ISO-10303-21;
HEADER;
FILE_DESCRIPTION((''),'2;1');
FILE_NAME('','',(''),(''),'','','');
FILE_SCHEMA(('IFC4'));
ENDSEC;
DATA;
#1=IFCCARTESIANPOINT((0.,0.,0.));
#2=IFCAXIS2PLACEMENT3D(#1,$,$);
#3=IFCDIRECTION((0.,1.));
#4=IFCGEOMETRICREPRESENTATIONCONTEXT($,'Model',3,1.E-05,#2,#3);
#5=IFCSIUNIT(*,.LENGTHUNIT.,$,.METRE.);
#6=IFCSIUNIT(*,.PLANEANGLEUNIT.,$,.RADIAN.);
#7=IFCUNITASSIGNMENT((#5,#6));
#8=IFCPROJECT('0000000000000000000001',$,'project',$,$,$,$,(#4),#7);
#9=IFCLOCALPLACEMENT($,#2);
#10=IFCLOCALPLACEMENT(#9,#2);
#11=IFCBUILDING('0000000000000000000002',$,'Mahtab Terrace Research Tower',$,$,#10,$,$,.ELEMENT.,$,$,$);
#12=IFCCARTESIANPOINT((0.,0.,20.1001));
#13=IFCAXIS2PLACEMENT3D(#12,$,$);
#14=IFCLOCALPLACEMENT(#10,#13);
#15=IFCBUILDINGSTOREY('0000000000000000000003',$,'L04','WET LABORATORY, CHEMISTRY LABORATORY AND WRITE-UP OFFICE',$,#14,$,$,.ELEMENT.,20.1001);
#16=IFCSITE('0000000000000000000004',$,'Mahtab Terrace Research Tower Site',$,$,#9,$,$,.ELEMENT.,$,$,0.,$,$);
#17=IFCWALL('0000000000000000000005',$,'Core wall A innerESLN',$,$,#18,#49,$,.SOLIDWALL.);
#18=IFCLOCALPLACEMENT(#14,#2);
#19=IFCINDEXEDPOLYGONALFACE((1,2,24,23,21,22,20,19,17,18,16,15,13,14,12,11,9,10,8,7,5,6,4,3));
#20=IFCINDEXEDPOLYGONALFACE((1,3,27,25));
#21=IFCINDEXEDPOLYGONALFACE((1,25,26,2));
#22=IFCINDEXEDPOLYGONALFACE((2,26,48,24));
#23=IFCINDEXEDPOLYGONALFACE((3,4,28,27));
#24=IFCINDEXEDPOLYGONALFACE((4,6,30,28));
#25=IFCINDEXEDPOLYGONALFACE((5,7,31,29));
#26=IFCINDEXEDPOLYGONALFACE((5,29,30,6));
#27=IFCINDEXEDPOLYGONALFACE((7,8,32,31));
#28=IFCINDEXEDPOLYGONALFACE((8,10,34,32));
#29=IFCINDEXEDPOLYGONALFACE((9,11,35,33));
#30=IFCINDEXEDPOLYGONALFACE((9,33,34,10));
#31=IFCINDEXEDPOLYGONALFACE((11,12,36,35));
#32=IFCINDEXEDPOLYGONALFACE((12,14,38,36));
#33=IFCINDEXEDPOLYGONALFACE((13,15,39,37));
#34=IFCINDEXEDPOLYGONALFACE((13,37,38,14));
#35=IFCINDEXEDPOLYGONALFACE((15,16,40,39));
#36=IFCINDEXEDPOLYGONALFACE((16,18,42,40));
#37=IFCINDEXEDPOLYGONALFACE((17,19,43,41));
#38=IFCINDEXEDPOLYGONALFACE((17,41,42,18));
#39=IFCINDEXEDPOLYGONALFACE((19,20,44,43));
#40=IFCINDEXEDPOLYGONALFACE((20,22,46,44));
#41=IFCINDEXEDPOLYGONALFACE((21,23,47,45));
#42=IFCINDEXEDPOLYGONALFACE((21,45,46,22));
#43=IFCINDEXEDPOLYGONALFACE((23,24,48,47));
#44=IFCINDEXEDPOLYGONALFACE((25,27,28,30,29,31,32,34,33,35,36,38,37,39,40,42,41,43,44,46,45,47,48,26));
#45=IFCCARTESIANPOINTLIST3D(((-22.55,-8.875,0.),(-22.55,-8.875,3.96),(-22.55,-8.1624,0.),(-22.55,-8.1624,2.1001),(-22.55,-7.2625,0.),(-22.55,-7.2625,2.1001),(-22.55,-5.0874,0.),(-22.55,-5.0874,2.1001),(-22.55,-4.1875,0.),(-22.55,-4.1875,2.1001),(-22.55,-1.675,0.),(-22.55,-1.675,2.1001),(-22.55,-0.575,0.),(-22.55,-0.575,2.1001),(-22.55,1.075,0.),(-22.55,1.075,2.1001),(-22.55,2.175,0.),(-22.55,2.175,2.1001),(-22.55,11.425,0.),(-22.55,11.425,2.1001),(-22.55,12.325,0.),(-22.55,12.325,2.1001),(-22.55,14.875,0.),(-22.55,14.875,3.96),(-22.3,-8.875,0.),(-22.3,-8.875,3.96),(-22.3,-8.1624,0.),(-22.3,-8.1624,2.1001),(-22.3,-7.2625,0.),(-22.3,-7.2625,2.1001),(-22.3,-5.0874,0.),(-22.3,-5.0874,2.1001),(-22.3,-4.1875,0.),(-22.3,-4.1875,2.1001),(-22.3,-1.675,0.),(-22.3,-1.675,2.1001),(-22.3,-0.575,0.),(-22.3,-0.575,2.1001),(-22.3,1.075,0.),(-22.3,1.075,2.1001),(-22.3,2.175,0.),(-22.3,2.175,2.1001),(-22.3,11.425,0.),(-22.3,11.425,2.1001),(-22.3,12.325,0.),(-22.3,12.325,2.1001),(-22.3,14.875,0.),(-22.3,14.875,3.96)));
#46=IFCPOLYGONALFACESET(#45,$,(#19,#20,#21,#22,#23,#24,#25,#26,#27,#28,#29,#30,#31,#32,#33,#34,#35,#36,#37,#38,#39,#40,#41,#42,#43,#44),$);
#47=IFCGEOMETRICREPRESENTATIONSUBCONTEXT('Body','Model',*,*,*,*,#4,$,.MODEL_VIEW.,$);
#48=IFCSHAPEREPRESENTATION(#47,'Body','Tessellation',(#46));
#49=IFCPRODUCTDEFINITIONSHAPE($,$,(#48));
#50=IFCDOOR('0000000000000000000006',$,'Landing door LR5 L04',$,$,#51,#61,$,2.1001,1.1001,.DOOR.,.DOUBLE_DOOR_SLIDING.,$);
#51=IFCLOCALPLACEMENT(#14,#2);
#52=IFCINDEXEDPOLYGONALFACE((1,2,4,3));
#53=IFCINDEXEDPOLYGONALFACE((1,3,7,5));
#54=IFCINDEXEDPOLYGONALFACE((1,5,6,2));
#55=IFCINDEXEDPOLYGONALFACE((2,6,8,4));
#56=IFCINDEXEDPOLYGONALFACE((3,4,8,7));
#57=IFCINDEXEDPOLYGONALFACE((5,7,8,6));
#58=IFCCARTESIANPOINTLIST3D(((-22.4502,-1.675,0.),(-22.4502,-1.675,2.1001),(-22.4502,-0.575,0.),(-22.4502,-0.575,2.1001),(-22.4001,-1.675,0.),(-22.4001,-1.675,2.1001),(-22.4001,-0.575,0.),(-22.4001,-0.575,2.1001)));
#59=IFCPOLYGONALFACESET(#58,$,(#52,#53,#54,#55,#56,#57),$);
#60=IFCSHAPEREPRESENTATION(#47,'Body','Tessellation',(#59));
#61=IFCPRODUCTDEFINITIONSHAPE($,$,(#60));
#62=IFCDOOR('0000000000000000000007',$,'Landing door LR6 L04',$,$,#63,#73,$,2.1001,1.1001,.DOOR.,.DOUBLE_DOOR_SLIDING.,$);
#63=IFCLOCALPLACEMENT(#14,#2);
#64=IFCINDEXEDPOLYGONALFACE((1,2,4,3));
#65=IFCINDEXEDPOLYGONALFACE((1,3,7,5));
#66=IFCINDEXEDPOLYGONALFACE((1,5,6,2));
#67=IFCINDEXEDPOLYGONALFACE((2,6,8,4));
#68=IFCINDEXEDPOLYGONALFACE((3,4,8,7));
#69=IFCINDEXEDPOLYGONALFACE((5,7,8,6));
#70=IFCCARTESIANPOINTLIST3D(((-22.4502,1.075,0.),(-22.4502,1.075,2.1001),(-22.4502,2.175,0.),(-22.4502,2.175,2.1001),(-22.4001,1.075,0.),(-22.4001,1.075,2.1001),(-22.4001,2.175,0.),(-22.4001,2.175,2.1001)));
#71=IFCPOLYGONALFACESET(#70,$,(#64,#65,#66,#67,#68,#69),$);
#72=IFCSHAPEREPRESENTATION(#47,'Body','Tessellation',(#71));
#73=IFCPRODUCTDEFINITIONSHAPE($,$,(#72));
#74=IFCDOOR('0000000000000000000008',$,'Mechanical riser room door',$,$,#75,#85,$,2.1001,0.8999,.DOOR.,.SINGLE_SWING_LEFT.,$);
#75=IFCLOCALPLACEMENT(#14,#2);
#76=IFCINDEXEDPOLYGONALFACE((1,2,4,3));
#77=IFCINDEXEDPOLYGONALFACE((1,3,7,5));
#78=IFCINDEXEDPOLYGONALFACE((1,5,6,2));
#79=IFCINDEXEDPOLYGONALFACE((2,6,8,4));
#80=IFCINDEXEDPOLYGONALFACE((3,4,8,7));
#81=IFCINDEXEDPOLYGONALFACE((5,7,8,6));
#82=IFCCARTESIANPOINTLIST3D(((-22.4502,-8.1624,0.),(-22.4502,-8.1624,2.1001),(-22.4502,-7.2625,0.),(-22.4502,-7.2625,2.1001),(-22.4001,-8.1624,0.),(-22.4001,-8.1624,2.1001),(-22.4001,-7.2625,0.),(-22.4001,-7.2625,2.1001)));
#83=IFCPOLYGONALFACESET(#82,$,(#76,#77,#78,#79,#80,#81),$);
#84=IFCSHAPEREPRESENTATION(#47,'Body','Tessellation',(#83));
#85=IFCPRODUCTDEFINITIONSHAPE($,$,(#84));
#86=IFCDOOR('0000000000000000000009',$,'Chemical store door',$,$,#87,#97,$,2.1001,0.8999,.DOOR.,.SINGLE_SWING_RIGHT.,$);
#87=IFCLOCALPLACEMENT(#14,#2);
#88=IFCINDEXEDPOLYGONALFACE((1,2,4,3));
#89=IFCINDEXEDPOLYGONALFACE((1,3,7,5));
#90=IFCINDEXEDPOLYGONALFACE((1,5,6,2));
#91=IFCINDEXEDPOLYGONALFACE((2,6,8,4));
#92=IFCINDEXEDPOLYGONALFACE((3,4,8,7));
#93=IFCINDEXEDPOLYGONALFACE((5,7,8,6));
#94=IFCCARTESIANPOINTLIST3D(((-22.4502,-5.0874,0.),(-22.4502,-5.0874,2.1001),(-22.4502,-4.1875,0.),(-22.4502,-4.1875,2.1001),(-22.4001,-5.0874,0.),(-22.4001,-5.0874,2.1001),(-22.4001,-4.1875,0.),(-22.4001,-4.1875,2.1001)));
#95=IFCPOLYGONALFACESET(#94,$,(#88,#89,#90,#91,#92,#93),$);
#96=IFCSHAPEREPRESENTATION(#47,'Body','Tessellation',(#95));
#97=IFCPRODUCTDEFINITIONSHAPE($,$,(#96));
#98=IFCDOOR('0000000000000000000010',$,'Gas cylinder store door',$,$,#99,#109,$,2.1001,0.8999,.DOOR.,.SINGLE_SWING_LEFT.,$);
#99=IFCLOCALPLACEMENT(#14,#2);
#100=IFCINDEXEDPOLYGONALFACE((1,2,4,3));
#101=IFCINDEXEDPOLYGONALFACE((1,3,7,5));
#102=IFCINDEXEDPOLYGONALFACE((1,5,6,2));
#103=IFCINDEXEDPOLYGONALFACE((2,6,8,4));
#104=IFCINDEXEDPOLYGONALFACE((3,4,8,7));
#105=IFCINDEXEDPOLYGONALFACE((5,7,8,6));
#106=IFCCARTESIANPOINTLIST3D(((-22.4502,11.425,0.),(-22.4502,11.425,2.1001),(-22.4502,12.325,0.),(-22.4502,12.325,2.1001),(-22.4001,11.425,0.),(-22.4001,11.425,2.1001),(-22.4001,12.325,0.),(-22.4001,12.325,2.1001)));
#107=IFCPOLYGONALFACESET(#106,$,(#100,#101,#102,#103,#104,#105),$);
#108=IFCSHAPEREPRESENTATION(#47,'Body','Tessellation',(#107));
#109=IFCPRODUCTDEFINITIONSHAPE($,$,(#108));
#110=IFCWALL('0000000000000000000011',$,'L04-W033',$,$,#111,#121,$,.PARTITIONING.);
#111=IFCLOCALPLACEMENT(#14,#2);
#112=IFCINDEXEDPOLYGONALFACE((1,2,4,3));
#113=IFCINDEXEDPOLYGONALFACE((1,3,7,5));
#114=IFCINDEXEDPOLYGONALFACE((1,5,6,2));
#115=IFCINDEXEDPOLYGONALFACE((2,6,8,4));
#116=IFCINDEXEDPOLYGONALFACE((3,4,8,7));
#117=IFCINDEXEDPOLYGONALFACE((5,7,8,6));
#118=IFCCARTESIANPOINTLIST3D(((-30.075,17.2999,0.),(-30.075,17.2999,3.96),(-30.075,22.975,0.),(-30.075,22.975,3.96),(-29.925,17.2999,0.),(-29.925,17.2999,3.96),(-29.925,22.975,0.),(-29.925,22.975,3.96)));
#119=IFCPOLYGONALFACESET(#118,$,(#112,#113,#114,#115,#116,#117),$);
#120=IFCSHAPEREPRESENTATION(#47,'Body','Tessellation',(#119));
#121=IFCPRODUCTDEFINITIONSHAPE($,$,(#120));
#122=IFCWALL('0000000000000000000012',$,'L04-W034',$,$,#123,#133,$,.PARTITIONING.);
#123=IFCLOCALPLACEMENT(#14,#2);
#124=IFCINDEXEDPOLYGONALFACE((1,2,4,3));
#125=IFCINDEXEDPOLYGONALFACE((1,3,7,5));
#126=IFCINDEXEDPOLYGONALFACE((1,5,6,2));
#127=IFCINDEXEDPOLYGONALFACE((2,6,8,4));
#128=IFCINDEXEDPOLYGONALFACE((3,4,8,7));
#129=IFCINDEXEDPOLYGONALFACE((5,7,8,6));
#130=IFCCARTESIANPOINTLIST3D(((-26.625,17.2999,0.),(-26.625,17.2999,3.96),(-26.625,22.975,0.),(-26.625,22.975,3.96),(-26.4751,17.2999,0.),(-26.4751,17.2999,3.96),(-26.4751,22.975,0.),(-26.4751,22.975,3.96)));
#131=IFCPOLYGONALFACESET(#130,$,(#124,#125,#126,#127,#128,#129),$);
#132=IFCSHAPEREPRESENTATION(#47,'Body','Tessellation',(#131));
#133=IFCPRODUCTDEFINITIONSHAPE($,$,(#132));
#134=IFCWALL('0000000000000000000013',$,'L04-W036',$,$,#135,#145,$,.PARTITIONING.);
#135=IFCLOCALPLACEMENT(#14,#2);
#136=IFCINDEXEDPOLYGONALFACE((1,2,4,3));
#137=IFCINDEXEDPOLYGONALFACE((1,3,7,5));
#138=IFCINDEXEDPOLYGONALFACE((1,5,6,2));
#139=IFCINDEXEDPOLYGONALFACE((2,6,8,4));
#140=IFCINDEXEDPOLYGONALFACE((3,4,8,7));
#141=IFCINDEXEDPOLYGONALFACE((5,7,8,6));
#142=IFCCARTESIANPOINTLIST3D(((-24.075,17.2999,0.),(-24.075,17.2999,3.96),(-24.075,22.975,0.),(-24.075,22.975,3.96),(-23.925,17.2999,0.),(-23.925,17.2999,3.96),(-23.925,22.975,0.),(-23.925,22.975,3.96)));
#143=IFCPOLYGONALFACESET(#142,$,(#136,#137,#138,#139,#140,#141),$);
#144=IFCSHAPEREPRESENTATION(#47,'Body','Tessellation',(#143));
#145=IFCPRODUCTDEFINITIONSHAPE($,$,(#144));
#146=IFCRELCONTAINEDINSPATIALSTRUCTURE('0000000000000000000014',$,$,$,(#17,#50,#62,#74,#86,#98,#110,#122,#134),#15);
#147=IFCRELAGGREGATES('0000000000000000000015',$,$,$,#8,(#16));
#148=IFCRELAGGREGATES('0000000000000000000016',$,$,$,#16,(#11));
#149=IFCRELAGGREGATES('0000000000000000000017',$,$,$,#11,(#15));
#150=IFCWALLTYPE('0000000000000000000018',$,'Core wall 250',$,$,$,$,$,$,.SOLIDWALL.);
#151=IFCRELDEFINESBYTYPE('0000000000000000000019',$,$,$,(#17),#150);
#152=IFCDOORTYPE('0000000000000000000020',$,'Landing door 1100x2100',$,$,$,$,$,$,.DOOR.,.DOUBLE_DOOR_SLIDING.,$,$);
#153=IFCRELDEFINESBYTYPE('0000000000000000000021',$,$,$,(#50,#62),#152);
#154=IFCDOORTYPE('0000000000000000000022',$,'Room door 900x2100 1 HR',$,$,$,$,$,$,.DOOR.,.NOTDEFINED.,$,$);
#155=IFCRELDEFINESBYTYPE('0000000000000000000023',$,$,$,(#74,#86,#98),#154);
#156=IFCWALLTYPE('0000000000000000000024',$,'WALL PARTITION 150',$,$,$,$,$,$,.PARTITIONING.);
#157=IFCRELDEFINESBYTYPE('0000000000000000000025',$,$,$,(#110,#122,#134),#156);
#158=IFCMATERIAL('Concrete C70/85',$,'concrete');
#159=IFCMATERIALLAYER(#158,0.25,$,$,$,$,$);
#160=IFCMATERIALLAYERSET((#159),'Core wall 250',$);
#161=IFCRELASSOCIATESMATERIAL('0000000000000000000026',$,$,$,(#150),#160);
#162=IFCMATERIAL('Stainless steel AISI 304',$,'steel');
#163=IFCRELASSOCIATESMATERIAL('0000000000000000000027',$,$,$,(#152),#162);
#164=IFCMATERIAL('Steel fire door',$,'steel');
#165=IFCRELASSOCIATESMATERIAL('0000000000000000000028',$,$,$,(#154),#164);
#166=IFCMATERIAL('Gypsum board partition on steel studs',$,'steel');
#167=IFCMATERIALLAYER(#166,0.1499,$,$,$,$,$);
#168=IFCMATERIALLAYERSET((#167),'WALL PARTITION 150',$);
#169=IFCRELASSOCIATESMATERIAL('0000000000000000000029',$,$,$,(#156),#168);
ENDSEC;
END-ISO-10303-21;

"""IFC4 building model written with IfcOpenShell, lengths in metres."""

from ifc_helpers import new_model, si_unit, direction, frame, frame_2d, origin, place, context, subcontext, project, spatial, rectangle, extrude, material, layer, layer_set, type_object, element, fill, save


model = new_model("IFC4")

# Units and contexts
model_context = context("Model", 3, precision=1e-05, world=origin(), true_north=direction((0.0, 1.0)))
body_context = subcontext(model_context, "Body", "Model", "MODEL_VIEW")
ifc_project = project(units=[si_unit("LENGTHUNIT", "METRE"), si_unit("PLANEANGLEUNIT", "RADIAN")], contexts=[model_context])

# Site, building, storey
site_placement = place(None, origin())
site = spatial("IfcSite", under=ifc_project, at=site_placement, Name="Mahtab Terrace Research Tower Site", CompositionType="ELEMENT", RefElevation=0.0)
building_placement = place(site_placement, origin())
building = spatial("IfcBuilding", under=site, at=building_placement, Name="Mahtab Terrace Research Tower", CompositionType="ELEMENT")
storey_placement = place(building_placement, frame((0.0, 0.0, 20.1001)))
storey = spatial("IfcBuildingStorey", under=building, at=storey_placement, Name="L04", Description="WET LABORATORY, CHEMISTRY LABORATORY AND WRITE-UP OFFICE", CompositionType="ELEMENT", Elevation=20.1001)

# Shared definitions
ifc_material_1 = material(Name="Concrete C70/85", Category="concrete")
ifc_layer_1 = layer(ifc_material_1, 0.25)
ifc_layer_set_1 = layer_set([ifc_layer_1], Name="Core wall 250")
wall_type_1 = type_object("IfcWallType", Name="Core wall 250", PredefinedType="SOLIDWALL", material=ifc_layer_set_1)

# Shared definitions
ifc_material_2 = material(Name="Steel fire door", Category="steel")

# Wall, openings, doors
wall_1_placement = place(storey_placement, frame((-22.425, 14.875, 0.0), z_axis=(0.0, 0.0, 1.0), x_axis=(0.0, -1.0, 0.0)))
wall_1 = element("IfcWall", 1, at=wall_1_placement, inside=storey, type_object=wall_type_1, Name="Core wall A innerESLN", PredefinedType="SOLIDWALL", context=body_context, shape_type="SweptSolid", body=[
    extrude(rectangle(XDim=23.75, YDim=0.25, at=frame_2d((11.875, 0.0))), origin(), (0.0, 0.0, 1.0), 3.96),
])
opening_1_placement = place(wall_1_placement, frame((15.45, 0.0, 0.0)))
opening_1 = element("IfcOpeningElement", 2, at=opening_1_placement, cuts=wall_1, PredefinedType="OPENING", context=body_context, shape_type="SweptSolid", body=[
    extrude(rectangle(XDim=1.1001, YDim=2.1001, at=frame_2d((0.55, 1.05))), frame((0.0, 0.135, 0.0), z_axis=(0.0, -1.0, 0.0), x_axis=(1.0, 0.0, 0.0)), (0.0, 0.0, 1.0), 0.27),
])
opening_2_placement = place(wall_1_placement, frame((12.7, 0.0, 0.0)))
opening_2 = element("IfcOpeningElement", 3, at=opening_2_placement, cuts=wall_1, PredefinedType="OPENING", context=body_context, shape_type="SweptSolid", body=[
    extrude(rectangle(XDim=1.1001, YDim=2.1001, at=frame_2d((0.55, 1.05))), frame((0.0, 0.135, 0.0), z_axis=(0.0, -1.0, 0.0), x_axis=(1.0, 0.0, 0.0)), (0.0, 0.0, 1.0), 0.27),
])
opening_3_placement = place(wall_1_placement, frame((22.1375, 0.0, 0.0)))
opening_3 = element("IfcOpeningElement", 4, at=opening_3_placement, cuts=wall_1, PredefinedType="OPENING", context=body_context, shape_type="SweptSolid", body=[
    extrude(rectangle(XDim=0.8999, YDim=2.1001, at=frame_2d((0.45, 1.05))), frame((0.0, 0.135, 0.0), z_axis=(0.0, -1.0, 0.0), x_axis=(1.0, 0.0, 0.0)), (0.0, 0.0, 1.0), 0.27),
])
opening_4_placement = place(wall_1_placement, frame((19.0625, 0.0, 0.0)))
opening_4 = element("IfcOpeningElement", 5, at=opening_4_placement, cuts=wall_1, PredefinedType="OPENING", context=body_context, shape_type="SweptSolid", body=[
    extrude(rectangle(XDim=0.8999, YDim=2.1001, at=frame_2d((0.45, 1.05))), frame((0.0, 0.135, 0.0), z_axis=(0.0, -1.0, 0.0), x_axis=(1.0, 0.0, 0.0)), (0.0, 0.0, 1.0), 0.27),
])
opening_5_placement = place(wall_1_placement, frame((2.55, 0.0, 0.0)))
opening_5 = element("IfcOpeningElement", 6, at=opening_5_placement, cuts=wall_1, PredefinedType="OPENING", context=body_context, shape_type="SweptSolid", body=[
    extrude(rectangle(XDim=0.8999, YDim=2.1001, at=frame_2d((0.45, 1.05))), frame((0.0, 0.135, 0.0), z_axis=(0.0, -1.0, 0.0), x_axis=(1.0, 0.0, 0.0)), (0.0, 0.0, 1.0), 0.27),
])
ifc_material_3 = material(Name="Stainless steel AISI 304", Category="steel")
door_type_1 = type_object("IfcDoorType", Name="Landing door 1100x2100", OperationType="DOUBLE_DOOR_SLIDING", PredefinedType="DOOR", material=ifc_material_3)
door_1_placement = place(opening_1_placement, origin())
door_1 = element("IfcDoor", 7, at=door_1_placement, inside=storey, type_object=door_type_1, Name="Landing door LR5 L04", OperationType="DOUBLE_DOOR_SLIDING", OverallHeight=2.1001, OverallWidth=1.1001, PredefinedType="DOOR", context=body_context, shape_type="SweptSolid", body=[
    extrude(rectangle(XDim=1.1001, YDim=2.1001, at=frame_2d((0.55, 1.05))), frame((0.0, 0.0249, 0.0), z_axis=(0.0, -1.0, 0.0), x_axis=(1.0, 0.0, 0.0)), (0.0, 0.0, 1.0), 0.05),
])
fill(opening_1, door_1)
door_2_placement = place(opening_2_placement, origin())
door_2 = element("IfcDoor", 8, at=door_2_placement, inside=storey, type_object=door_type_1, Name="Landing door LR6 L04", OperationType="DOUBLE_DOOR_SLIDING", OverallHeight=2.1001, OverallWidth=1.1001, PredefinedType="DOOR", context=body_context, shape_type="SweptSolid", body=[
    extrude(rectangle(XDim=1.1001, YDim=2.1001, at=frame_2d((0.55, 1.05))), frame((0.0, 0.0249, 0.0), z_axis=(0.0, -1.0, 0.0), x_axis=(1.0, 0.0, 0.0)), (0.0, 0.0, 1.0), 0.05),
])
fill(opening_2, door_2)
door_type_2 = type_object("IfcDoorType", Name="Room door 900x2100 1 HR", OperationType="NOTDEFINED", PredefinedType="DOOR", material=ifc_material_2)
door_3_placement = place(opening_3_placement, origin())
door_3 = element("IfcDoor", 9, at=door_3_placement, inside=storey, type_object=door_type_2, Name="Mechanical riser room door", OperationType="SINGLE_SWING_LEFT", OverallHeight=2.1001, OverallWidth=0.8999, PredefinedType="DOOR", context=body_context, shape_type="SweptSolid", body=[
    extrude(rectangle(XDim=0.8999, YDim=2.1001, at=frame_2d((0.45, 1.05))), frame((0.0, 0.0249, 0.0), z_axis=(0.0, -1.0, 0.0), x_axis=(1.0, 0.0, 0.0)), (0.0, 0.0, 1.0), 0.05),
])
fill(opening_3, door_3)
door_4_placement = place(opening_4_placement, origin())
door_4 = element("IfcDoor", 10, at=door_4_placement, inside=storey, type_object=door_type_2, Name="Chemical store door", OperationType="SINGLE_SWING_RIGHT", OverallHeight=2.1001, OverallWidth=0.8999, PredefinedType="DOOR", context=body_context, shape_type="SweptSolid", body=[
    extrude(rectangle(XDim=0.8999, YDim=2.1001, at=frame_2d((0.45, 1.05))), frame((0.0, 0.0249, 0.0), z_axis=(0.0, -1.0, 0.0), x_axis=(1.0, 0.0, 0.0)), (0.0, 0.0, 1.0), 0.05),
])
fill(opening_4, door_4)
door_5_placement = place(opening_5_placement, origin())
door_5 = element("IfcDoor", 11, at=door_5_placement, inside=storey, type_object=door_type_2, Name="Gas cylinder store door", OperationType="SINGLE_SWING_LEFT", OverallHeight=2.1001, OverallWidth=0.8999, PredefinedType="DOOR", context=body_context, shape_type="SweptSolid", body=[
    extrude(rectangle(XDim=0.8999, YDim=2.1001, at=frame_2d((0.45, 1.05))), frame((0.0, 0.0249, 0.0), z_axis=(0.0, -1.0, 0.0), x_axis=(1.0, 0.0, 0.0)), (0.0, 0.0, 1.0), 0.05),
])
fill(opening_5, door_5)

# Walls
ifc_material_4 = material(Name="Gypsum board partition on steel studs", Category="steel")
ifc_layer_2 = layer(ifc_material_4, 0.1499)
ifc_layer_set_2 = layer_set([ifc_layer_2], Name="WALL PARTITION 150")
wall_type_2 = type_object("IfcWallType", Name="WALL PARTITION 150", PredefinedType="PARTITIONING", material=ifc_layer_set_2)
for number, where, z_axis, x_axis, name in (
    (12, (-30.0, 17.3, 0.0), (0.0, 0.0, 1.0), (0.0, 1.0, 0.0), "L04-W033"),
    (13, (-26.55, 17.3, 0.0), (0.0, 0.0, 1.0), (0.0, 1.0, 0.0), "L04-W034"),
    (14, (-24.0, 17.3, 0.0), (0.0, 0.0, 1.0), (0.0, 1.0, 0.0), "L04-W036"),
):
    element("IfcWall", number, at=place(storey_placement, frame(where, z_axis=z_axis, x_axis=x_axis)), inside=storey, type_object=wall_type_2, Name=name, PredefinedType="PARTITIONING", context=body_context, shape_type="SweptSolid", body=[
        extrude(rectangle(XDim=5.675, YDim=0.1499, at=frame_2d((2.8374, 0.0))), origin(), (0.0, 0.0, 1.0), 3.96),
    ])

save(model, "model.ifc")
